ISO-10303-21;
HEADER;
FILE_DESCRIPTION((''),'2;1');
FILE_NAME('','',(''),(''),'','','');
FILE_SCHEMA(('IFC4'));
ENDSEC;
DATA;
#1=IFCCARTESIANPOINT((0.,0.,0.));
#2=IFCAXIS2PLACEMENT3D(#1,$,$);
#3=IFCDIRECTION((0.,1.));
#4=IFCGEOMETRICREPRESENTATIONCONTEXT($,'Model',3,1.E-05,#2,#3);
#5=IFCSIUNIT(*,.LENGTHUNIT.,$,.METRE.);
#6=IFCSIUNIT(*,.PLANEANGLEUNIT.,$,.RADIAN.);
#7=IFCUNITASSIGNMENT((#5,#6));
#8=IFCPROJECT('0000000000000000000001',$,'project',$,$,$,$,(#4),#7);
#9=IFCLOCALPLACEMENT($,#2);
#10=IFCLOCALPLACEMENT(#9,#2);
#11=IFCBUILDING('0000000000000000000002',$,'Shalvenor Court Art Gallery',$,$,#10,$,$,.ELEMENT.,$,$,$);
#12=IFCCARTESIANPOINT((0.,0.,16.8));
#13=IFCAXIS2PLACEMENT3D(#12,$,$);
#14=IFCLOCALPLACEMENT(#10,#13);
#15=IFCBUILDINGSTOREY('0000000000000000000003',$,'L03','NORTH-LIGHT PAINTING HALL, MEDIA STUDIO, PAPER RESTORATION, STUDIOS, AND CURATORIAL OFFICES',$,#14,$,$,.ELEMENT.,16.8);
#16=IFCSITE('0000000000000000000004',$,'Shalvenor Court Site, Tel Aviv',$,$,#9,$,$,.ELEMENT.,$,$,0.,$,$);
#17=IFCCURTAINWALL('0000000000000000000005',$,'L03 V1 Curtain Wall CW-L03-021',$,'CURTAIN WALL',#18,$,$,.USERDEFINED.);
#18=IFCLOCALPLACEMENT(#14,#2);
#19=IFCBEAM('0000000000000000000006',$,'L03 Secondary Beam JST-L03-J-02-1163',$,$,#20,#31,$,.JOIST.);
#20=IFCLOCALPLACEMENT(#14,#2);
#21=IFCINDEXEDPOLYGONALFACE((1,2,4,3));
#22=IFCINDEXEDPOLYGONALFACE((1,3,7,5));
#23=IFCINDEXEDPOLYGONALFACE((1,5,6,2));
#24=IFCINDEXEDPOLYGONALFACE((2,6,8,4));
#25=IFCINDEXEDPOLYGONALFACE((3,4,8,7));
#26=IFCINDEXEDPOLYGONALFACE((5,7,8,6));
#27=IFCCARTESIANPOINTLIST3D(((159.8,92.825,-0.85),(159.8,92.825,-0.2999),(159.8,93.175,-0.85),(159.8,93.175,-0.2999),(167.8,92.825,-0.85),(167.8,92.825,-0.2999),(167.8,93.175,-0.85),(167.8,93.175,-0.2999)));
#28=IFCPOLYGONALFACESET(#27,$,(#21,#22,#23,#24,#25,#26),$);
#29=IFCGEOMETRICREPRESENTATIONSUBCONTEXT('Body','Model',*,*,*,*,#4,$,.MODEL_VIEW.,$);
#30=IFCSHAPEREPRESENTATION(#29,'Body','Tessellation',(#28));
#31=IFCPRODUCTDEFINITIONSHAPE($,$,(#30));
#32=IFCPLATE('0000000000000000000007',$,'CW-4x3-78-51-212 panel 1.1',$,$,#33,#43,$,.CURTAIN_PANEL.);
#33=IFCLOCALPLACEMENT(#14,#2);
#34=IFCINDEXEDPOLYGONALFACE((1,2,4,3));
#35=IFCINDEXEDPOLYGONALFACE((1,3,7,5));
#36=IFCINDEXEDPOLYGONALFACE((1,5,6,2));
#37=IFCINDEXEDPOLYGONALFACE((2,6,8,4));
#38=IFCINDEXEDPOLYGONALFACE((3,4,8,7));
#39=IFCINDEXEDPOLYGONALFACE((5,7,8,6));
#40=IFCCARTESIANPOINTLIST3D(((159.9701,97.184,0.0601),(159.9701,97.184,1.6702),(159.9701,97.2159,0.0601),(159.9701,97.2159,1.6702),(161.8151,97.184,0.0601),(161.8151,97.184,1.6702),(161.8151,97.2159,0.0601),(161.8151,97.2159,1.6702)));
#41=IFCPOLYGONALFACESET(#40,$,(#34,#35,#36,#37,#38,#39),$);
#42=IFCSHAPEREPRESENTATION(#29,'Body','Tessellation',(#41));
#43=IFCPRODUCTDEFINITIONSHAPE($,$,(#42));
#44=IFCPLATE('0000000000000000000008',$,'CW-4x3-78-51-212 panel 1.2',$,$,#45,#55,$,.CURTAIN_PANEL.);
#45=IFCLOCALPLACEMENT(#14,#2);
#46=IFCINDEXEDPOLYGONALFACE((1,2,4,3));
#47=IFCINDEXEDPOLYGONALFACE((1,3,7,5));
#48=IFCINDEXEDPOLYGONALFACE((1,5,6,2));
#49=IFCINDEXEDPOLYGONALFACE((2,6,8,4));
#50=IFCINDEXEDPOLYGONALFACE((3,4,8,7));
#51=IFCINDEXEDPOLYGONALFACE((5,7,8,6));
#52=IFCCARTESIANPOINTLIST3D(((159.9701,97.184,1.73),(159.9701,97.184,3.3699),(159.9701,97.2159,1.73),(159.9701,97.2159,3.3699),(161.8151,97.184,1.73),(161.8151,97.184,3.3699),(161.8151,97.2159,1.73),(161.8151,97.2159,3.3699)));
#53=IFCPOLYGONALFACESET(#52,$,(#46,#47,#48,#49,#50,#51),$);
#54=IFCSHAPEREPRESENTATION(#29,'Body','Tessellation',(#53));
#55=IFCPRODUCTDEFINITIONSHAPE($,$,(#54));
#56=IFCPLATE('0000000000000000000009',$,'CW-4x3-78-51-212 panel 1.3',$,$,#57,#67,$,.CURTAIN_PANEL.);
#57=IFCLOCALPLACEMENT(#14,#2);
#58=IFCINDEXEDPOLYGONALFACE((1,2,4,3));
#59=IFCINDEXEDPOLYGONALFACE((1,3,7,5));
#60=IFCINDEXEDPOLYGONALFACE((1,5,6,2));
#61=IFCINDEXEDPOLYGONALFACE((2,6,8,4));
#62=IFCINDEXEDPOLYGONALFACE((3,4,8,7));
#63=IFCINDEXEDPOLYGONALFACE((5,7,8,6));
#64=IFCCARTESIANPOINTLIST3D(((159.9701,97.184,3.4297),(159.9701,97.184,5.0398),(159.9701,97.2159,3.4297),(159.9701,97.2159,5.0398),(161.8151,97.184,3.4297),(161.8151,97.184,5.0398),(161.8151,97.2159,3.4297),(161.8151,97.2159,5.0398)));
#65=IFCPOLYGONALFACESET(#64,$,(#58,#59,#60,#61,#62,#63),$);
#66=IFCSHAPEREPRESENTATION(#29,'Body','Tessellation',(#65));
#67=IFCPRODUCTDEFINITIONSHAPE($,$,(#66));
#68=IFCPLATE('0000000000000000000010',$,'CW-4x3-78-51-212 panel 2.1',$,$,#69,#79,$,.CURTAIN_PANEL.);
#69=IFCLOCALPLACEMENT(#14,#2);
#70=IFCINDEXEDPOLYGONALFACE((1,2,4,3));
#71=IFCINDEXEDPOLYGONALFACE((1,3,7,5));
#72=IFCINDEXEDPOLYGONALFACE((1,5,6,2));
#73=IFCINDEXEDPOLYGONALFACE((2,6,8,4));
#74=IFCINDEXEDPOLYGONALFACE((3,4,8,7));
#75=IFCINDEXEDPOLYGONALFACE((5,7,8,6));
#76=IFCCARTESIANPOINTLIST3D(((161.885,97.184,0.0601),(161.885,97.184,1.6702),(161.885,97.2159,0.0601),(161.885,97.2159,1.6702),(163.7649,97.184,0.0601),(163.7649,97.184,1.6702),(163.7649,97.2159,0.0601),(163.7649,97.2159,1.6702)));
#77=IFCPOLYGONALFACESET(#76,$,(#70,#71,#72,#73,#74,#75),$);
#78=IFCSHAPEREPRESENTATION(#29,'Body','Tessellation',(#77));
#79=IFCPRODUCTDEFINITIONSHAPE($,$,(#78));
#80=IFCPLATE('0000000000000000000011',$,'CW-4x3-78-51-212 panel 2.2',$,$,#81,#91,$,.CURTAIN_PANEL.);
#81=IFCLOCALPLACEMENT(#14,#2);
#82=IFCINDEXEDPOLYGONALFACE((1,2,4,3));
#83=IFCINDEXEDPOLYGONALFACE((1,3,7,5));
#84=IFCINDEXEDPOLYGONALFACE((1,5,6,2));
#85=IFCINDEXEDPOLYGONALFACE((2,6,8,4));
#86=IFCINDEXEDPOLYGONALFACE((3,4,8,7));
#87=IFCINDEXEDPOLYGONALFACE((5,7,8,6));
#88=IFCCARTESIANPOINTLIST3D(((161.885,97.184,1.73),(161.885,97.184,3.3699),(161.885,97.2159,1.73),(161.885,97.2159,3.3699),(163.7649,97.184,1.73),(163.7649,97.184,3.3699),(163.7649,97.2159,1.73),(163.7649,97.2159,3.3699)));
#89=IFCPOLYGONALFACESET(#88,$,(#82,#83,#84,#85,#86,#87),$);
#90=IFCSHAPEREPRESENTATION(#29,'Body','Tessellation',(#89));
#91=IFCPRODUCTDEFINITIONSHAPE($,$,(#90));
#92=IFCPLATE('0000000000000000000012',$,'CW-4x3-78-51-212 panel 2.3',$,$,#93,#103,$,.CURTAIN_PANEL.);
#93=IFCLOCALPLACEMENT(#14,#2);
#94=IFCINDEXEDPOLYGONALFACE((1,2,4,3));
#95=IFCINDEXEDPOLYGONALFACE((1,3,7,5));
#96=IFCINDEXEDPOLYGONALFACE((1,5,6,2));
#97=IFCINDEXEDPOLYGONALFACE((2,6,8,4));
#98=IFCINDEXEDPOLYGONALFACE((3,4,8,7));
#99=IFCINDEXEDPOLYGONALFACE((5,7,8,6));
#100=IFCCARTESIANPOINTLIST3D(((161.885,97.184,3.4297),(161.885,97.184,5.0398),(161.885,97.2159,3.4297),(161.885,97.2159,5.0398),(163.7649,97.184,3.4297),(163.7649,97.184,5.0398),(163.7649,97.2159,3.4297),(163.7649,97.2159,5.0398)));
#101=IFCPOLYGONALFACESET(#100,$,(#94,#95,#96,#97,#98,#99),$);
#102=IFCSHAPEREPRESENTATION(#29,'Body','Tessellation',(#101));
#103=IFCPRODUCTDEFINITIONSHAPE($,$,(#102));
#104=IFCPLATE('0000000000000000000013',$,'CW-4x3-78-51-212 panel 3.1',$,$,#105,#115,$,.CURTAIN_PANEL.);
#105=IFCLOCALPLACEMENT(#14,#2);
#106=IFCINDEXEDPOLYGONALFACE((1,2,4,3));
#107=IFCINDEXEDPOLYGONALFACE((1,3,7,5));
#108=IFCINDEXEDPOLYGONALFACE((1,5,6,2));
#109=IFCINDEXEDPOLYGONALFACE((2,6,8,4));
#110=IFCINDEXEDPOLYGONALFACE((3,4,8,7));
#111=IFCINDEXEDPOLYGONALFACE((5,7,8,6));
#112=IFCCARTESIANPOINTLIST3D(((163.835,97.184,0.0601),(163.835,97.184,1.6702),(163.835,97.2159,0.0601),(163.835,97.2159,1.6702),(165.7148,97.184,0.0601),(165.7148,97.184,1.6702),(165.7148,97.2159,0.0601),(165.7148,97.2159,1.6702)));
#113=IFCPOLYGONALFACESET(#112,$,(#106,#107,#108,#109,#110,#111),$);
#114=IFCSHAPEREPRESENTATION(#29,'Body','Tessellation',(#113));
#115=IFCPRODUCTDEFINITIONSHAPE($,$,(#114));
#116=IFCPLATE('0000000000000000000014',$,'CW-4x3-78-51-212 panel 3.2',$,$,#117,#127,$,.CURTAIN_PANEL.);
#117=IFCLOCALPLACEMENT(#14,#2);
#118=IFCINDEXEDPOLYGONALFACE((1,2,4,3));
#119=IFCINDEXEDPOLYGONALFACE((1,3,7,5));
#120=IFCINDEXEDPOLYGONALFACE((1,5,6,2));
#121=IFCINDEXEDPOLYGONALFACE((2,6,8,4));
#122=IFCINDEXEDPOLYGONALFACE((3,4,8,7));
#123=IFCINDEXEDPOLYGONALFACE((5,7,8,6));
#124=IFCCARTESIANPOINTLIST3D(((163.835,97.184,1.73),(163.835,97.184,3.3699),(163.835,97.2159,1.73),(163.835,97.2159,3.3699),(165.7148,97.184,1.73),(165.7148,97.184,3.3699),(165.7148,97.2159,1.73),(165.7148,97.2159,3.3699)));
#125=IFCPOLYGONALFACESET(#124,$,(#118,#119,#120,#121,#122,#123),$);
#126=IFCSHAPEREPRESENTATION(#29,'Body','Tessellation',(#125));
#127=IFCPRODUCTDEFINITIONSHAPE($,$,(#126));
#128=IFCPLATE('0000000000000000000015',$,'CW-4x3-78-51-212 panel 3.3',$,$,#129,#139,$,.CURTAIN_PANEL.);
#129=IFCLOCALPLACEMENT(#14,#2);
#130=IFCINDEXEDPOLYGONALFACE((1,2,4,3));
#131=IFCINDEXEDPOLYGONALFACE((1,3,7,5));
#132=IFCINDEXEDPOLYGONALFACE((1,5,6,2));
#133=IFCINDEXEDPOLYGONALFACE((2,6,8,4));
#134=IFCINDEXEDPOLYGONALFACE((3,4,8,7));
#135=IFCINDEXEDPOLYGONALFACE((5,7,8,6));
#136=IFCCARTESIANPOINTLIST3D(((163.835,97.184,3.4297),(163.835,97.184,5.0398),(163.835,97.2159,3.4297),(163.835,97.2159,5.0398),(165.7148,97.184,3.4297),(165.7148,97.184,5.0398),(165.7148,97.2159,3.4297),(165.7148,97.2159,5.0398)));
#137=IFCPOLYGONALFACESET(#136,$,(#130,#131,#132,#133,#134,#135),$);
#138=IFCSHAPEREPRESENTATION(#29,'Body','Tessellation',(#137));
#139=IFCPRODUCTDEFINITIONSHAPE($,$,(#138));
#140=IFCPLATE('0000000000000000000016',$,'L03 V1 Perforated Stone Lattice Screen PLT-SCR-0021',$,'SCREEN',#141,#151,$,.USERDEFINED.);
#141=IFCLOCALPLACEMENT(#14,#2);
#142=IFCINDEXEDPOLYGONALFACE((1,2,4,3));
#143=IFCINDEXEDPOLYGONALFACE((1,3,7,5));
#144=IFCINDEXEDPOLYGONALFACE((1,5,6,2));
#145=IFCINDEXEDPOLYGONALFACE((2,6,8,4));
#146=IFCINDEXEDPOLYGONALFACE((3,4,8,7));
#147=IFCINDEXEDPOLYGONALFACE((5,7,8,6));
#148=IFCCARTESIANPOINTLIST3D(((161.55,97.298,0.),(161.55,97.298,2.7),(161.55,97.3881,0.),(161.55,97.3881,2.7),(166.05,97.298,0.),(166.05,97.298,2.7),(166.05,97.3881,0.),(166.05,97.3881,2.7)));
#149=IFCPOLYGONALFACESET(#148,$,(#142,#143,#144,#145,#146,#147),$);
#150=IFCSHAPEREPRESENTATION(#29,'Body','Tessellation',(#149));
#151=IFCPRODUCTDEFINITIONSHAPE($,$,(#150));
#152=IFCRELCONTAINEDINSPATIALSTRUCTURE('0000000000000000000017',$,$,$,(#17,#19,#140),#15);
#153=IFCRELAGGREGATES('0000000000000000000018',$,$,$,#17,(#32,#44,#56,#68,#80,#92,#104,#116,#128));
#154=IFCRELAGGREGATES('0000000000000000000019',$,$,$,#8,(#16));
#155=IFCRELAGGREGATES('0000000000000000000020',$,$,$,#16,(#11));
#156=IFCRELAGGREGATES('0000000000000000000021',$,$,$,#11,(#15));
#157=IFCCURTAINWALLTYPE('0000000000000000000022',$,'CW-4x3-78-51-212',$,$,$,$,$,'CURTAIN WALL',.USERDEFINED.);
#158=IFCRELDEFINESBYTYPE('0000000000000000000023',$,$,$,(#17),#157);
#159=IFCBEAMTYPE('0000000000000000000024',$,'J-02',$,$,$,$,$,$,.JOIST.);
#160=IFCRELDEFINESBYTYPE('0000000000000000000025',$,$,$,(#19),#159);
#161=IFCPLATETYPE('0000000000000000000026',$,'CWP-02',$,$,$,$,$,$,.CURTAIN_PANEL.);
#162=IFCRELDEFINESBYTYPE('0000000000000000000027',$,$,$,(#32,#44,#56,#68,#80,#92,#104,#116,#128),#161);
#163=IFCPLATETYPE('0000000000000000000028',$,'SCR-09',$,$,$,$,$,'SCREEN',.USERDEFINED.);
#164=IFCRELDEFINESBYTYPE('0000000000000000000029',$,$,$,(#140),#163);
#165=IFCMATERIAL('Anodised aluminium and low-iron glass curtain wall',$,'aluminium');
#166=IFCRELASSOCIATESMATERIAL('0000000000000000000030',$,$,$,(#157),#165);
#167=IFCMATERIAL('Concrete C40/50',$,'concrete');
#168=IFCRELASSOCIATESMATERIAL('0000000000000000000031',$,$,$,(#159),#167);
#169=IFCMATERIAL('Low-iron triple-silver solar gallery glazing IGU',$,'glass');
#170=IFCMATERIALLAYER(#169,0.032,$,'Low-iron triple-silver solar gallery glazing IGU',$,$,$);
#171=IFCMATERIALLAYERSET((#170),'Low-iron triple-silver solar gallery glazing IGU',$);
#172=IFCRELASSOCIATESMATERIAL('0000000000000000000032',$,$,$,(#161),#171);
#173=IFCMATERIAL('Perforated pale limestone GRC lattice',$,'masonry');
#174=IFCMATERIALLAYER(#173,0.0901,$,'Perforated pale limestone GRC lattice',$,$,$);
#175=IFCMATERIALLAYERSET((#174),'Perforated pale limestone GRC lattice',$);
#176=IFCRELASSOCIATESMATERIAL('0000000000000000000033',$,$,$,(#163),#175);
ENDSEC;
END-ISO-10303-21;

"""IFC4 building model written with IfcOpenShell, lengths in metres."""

from ifc_helpers import new_model, si_unit, direction, frame, origin, origin_2d, place, context, subcontext, project, spatial, rectangle, extrude, material, layer, layer_set, material_profile, profile_set, type_object, element, aggregate, save


model = new_model("IFC4")

# Units and contexts
model_context = context("Model", 3, precision=1e-05, world=origin(), true_north=direction((0.0, 1.0)))
body_context = subcontext(model_context, "Body", "Model", "MODEL_VIEW")
ifc_project = project(units=[si_unit("LENGTHUNIT", "METRE"), si_unit("PLANEANGLEUNIT", "RADIAN")], contexts=[model_context])

# Site, building, storey
site_placement = place(None, origin())
site = spatial("IfcSite", under=ifc_project, at=site_placement, Name="Shalvenor Court Site, Tel Aviv", CompositionType="ELEMENT", RefElevation=0.0)
building_placement = place(site_placement, origin())
building = spatial("IfcBuilding", under=site, at=building_placement, Name="Shalvenor Court Art Gallery", CompositionType="ELEMENT")
storey_placement = place(building_placement, frame((0.0, 0.0, 16.8)))
storey = spatial("IfcBuildingStorey", under=building, at=storey_placement, Name="L03", Description="NORTH-LIGHT PAINTING HALL, MEDIA STUDIO, PAPER RESTORATION, STUDIOS, AND CURATORIAL OFFICES", CompositionType="ELEMENT", Elevation=16.8)

# Curtain wall
ifc_material_1 = material(Name="Anodised aluminium and low-iron glass curtain wall", Category="aluminium")
curtain_wall_type = type_object("IfcCurtainWallType", Name="CW-4x3-78-51-212", ElementType="CURTAIN WALL", PredefinedType="USERDEFINED", material=ifc_material_1)
curtain_wall_placement = place(storey_placement, origin())
curtain_wall = element("IfcCurtainWall", 1, at=curtain_wall_placement, inside=storey, type_object=curtain_wall_type, Name="L03 V1 Curtain Wall CW-L03-021", ObjectType="CURTAIN WALL", PredefinedType="USERDEFINED")

# Beam
ifc_material_2 = material(Name="Concrete C40/50", Category="concrete")
ifc_material_profile_1 = material_profile(ifc_material_2, rectangle(XDim=0.3501, YDim=0.55, at=origin_2d()), Name="RC 350x550")
ifc_profile_set_1 = profile_set([ifc_material_profile_1], Name="Concrete C40/50")
beam_type_1 = type_object("IfcBeamType", Name="J-02", PredefinedType="JOIST", material=ifc_profile_set_1)
beam_1_placement = place(storey_placement, frame((159.8, 93.0, -0.575), z_axis=(1.0, 0.0, 0.0), x_axis=(0.0, 1.0, 0.0)))
element("IfcBeam", 2, at=beam_1_placement, inside=storey, type_object=beam_type_1, Name="L03 Secondary Beam JST-L03-J-02-1163", PredefinedType="JOIST", context=body_context, shape_type="SweptSolid", body=[
    extrude(rectangle(XDim=0.3501, YDim=0.55, at=origin_2d()), origin(), (0.0, 0.0, 1.0), 8.0),
])

# Plates
ifc_material_3 = material(Name="Low-iron triple-silver solar gallery glazing IGU", Category="glass")
ifc_layer_1 = layer(ifc_material_3, 0.032, Name="Low-iron triple-silver solar gallery glazing IGU")
ifc_layer_set_1 = layer_set([ifc_layer_1], Name="Low-iron triple-silver solar gallery glazing IGU")
plate_type_1 = type_object("IfcPlateType", Name="CWP-02", PredefinedType="CURTAIN_PANEL", material=ifc_layer_set_1)
plate_1_placement = place(storey_placement, frame((160.8926, 97.2, 0.0601), z_axis=(0.0, 0.0, 1.0), x_axis=(1.0, 0.0, 0.0)))
plate_1 = element("IfcPlate", 3, at=plate_1_placement, type_object=plate_type_1, Name="CW-4x3-78-51-212 panel 1.1", PredefinedType="CURTAIN_PANEL", context=body_context, shape_type="SweptSolid", body=[
    extrude(rectangle(XDim=1.845, YDim=0.032, at=origin_2d()), origin(), (0.0, 0.0, 1.0), 1.6101),
])
plate_2_placement = place(storey_placement, frame((160.8926, 97.2, 1.73), z_axis=(0.0, 0.0, 1.0), x_axis=(1.0, 0.0, 0.0)))
plate_2 = element("IfcPlate", 4, at=plate_2_placement, type_object=plate_type_1, Name="CW-4x3-78-51-212 panel 1.2", PredefinedType="CURTAIN_PANEL", context=body_context, shape_type="SweptSolid", body=[
    extrude(rectangle(XDim=1.845, YDim=0.032, at=origin_2d()), origin(), (0.0, 0.0, 1.0), 1.6399),
])
plate_3_placement = place(storey_placement, frame((160.8926, 97.2, 3.4297), z_axis=(0.0, 0.0, 1.0), x_axis=(1.0, 0.0, 0.0)))
plate_3 = element("IfcPlate", 5, at=plate_3_placement, type_object=plate_type_1, Name="CW-4x3-78-51-212 panel 1.3", PredefinedType="CURTAIN_PANEL", context=body_context, shape_type="SweptSolid", body=[
    extrude(rectangle(XDim=1.845, YDim=0.032, at=origin_2d()), origin(), (0.0, 0.0, 1.0), 1.6101),
])
plate_4_placement = place(storey_placement, frame((162.825, 97.2, 0.0601), z_axis=(0.0, 0.0, 1.0), x_axis=(1.0, 0.0, 0.0)))
plate_4 = element("IfcPlate", 6, at=plate_4_placement, type_object=plate_type_1, Name="CW-4x3-78-51-212 panel 2.1", PredefinedType="CURTAIN_PANEL", context=body_context, shape_type="SweptSolid", body=[
    extrude(rectangle(XDim=1.8799, YDim=0.032, at=origin_2d()), origin(), (0.0, 0.0, 1.0), 1.6101),
])
plate_5_placement = place(storey_placement, frame((162.825, 97.2, 1.73), z_axis=(0.0, 0.0, 1.0), x_axis=(1.0, 0.0, 0.0)))
plate_5 = element("IfcPlate", 7, at=plate_5_placement, type_object=plate_type_1, Name="CW-4x3-78-51-212 panel 2.2", PredefinedType="CURTAIN_PANEL", context=body_context, shape_type="SweptSolid", body=[
    extrude(rectangle(XDim=1.8799, YDim=0.032, at=origin_2d()), origin(), (0.0, 0.0, 1.0), 1.6399),
])
plate_6_placement = place(storey_placement, frame((162.825, 97.2, 3.4297), z_axis=(0.0, 0.0, 1.0), x_axis=(1.0, 0.0, 0.0)))
plate_6 = element("IfcPlate", 8, at=plate_6_placement, type_object=plate_type_1, Name="CW-4x3-78-51-212 panel 2.3", PredefinedType="CURTAIN_PANEL", context=body_context, shape_type="SweptSolid", body=[
    extrude(rectangle(XDim=1.8799, YDim=0.032, at=origin_2d()), origin(), (0.0, 0.0, 1.0), 1.6101),
])
plate_7_placement = place(storey_placement, frame((164.7749, 97.2, 0.0601), z_axis=(0.0, 0.0, 1.0), x_axis=(1.0, 0.0, 0.0)))
plate_7 = element("IfcPlate", 9, at=plate_7_placement, type_object=plate_type_1, Name="CW-4x3-78-51-212 panel 3.1", PredefinedType="CURTAIN_PANEL", context=body_context, shape_type="SweptSolid", body=[
    extrude(rectangle(XDim=1.8799, YDim=0.032, at=origin_2d()), origin(), (0.0, 0.0, 1.0), 1.6101),
])
plate_8_placement = place(storey_placement, frame((164.7749, 97.2, 1.73), z_axis=(0.0, 0.0, 1.0), x_axis=(1.0, 0.0, 0.0)))
plate_8 = element("IfcPlate", 10, at=plate_8_placement, type_object=plate_type_1, Name="CW-4x3-78-51-212 panel 3.2", PredefinedType="CURTAIN_PANEL", context=body_context, shape_type="SweptSolid", body=[
    extrude(rectangle(XDim=1.8799, YDim=0.032, at=origin_2d()), origin(), (0.0, 0.0, 1.0), 1.6399),
])
plate_9_placement = place(storey_placement, frame((164.7749, 97.2, 3.4297), z_axis=(0.0, 0.0, 1.0), x_axis=(1.0, 0.0, 0.0)))
plate_9 = element("IfcPlate", 11, at=plate_9_placement, type_object=plate_type_1, Name="CW-4x3-78-51-212 panel 3.3", PredefinedType="CURTAIN_PANEL", context=body_context, shape_type="SweptSolid", body=[
    extrude(rectangle(XDim=1.8799, YDim=0.032, at=origin_2d()), origin(), (0.0, 0.0, 1.0), 1.6101),
])
aggregate(curtain_wall, [plate_1, plate_2, plate_3, plate_4, plate_5, plate_6, plate_7, plate_8, plate_9])
ifc_material_4 = material(Name="Perforated pale limestone GRC lattice", Category="masonry")
ifc_layer_2 = layer(ifc_material_4, 0.0901, Name="Perforated pale limestone GRC lattice")
ifc_layer_set_2 = layer_set([ifc_layer_2], Name="Perforated pale limestone GRC lattice")
plate_type_2 = type_object("IfcPlateType", Name="SCR-09", ElementType="SCREEN", PredefinedType="USERDEFINED", material=ifc_layer_set_2)
plate_10_placement = place(storey_placement, frame((163.8, 97.343, 0.0), z_axis=(0.0, 0.0, 1.0), x_axis=(1.0, 0.0, 0.0)))
element("IfcPlate", 12, at=plate_10_placement, inside=storey, type_object=plate_type_2, Name="L03 V1 Perforated Stone Lattice Screen PLT-SCR-0021", ObjectType="SCREEN", PredefinedType="USERDEFINED", context=body_context, shape_type="SweptSolid", body=[
    extrude(rectangle(XDim=4.5, YDim=0.0901, at=origin_2d()), origin(), (0.0, 0.0, 1.0), 2.7),
])

save(model, "model.ifc")
